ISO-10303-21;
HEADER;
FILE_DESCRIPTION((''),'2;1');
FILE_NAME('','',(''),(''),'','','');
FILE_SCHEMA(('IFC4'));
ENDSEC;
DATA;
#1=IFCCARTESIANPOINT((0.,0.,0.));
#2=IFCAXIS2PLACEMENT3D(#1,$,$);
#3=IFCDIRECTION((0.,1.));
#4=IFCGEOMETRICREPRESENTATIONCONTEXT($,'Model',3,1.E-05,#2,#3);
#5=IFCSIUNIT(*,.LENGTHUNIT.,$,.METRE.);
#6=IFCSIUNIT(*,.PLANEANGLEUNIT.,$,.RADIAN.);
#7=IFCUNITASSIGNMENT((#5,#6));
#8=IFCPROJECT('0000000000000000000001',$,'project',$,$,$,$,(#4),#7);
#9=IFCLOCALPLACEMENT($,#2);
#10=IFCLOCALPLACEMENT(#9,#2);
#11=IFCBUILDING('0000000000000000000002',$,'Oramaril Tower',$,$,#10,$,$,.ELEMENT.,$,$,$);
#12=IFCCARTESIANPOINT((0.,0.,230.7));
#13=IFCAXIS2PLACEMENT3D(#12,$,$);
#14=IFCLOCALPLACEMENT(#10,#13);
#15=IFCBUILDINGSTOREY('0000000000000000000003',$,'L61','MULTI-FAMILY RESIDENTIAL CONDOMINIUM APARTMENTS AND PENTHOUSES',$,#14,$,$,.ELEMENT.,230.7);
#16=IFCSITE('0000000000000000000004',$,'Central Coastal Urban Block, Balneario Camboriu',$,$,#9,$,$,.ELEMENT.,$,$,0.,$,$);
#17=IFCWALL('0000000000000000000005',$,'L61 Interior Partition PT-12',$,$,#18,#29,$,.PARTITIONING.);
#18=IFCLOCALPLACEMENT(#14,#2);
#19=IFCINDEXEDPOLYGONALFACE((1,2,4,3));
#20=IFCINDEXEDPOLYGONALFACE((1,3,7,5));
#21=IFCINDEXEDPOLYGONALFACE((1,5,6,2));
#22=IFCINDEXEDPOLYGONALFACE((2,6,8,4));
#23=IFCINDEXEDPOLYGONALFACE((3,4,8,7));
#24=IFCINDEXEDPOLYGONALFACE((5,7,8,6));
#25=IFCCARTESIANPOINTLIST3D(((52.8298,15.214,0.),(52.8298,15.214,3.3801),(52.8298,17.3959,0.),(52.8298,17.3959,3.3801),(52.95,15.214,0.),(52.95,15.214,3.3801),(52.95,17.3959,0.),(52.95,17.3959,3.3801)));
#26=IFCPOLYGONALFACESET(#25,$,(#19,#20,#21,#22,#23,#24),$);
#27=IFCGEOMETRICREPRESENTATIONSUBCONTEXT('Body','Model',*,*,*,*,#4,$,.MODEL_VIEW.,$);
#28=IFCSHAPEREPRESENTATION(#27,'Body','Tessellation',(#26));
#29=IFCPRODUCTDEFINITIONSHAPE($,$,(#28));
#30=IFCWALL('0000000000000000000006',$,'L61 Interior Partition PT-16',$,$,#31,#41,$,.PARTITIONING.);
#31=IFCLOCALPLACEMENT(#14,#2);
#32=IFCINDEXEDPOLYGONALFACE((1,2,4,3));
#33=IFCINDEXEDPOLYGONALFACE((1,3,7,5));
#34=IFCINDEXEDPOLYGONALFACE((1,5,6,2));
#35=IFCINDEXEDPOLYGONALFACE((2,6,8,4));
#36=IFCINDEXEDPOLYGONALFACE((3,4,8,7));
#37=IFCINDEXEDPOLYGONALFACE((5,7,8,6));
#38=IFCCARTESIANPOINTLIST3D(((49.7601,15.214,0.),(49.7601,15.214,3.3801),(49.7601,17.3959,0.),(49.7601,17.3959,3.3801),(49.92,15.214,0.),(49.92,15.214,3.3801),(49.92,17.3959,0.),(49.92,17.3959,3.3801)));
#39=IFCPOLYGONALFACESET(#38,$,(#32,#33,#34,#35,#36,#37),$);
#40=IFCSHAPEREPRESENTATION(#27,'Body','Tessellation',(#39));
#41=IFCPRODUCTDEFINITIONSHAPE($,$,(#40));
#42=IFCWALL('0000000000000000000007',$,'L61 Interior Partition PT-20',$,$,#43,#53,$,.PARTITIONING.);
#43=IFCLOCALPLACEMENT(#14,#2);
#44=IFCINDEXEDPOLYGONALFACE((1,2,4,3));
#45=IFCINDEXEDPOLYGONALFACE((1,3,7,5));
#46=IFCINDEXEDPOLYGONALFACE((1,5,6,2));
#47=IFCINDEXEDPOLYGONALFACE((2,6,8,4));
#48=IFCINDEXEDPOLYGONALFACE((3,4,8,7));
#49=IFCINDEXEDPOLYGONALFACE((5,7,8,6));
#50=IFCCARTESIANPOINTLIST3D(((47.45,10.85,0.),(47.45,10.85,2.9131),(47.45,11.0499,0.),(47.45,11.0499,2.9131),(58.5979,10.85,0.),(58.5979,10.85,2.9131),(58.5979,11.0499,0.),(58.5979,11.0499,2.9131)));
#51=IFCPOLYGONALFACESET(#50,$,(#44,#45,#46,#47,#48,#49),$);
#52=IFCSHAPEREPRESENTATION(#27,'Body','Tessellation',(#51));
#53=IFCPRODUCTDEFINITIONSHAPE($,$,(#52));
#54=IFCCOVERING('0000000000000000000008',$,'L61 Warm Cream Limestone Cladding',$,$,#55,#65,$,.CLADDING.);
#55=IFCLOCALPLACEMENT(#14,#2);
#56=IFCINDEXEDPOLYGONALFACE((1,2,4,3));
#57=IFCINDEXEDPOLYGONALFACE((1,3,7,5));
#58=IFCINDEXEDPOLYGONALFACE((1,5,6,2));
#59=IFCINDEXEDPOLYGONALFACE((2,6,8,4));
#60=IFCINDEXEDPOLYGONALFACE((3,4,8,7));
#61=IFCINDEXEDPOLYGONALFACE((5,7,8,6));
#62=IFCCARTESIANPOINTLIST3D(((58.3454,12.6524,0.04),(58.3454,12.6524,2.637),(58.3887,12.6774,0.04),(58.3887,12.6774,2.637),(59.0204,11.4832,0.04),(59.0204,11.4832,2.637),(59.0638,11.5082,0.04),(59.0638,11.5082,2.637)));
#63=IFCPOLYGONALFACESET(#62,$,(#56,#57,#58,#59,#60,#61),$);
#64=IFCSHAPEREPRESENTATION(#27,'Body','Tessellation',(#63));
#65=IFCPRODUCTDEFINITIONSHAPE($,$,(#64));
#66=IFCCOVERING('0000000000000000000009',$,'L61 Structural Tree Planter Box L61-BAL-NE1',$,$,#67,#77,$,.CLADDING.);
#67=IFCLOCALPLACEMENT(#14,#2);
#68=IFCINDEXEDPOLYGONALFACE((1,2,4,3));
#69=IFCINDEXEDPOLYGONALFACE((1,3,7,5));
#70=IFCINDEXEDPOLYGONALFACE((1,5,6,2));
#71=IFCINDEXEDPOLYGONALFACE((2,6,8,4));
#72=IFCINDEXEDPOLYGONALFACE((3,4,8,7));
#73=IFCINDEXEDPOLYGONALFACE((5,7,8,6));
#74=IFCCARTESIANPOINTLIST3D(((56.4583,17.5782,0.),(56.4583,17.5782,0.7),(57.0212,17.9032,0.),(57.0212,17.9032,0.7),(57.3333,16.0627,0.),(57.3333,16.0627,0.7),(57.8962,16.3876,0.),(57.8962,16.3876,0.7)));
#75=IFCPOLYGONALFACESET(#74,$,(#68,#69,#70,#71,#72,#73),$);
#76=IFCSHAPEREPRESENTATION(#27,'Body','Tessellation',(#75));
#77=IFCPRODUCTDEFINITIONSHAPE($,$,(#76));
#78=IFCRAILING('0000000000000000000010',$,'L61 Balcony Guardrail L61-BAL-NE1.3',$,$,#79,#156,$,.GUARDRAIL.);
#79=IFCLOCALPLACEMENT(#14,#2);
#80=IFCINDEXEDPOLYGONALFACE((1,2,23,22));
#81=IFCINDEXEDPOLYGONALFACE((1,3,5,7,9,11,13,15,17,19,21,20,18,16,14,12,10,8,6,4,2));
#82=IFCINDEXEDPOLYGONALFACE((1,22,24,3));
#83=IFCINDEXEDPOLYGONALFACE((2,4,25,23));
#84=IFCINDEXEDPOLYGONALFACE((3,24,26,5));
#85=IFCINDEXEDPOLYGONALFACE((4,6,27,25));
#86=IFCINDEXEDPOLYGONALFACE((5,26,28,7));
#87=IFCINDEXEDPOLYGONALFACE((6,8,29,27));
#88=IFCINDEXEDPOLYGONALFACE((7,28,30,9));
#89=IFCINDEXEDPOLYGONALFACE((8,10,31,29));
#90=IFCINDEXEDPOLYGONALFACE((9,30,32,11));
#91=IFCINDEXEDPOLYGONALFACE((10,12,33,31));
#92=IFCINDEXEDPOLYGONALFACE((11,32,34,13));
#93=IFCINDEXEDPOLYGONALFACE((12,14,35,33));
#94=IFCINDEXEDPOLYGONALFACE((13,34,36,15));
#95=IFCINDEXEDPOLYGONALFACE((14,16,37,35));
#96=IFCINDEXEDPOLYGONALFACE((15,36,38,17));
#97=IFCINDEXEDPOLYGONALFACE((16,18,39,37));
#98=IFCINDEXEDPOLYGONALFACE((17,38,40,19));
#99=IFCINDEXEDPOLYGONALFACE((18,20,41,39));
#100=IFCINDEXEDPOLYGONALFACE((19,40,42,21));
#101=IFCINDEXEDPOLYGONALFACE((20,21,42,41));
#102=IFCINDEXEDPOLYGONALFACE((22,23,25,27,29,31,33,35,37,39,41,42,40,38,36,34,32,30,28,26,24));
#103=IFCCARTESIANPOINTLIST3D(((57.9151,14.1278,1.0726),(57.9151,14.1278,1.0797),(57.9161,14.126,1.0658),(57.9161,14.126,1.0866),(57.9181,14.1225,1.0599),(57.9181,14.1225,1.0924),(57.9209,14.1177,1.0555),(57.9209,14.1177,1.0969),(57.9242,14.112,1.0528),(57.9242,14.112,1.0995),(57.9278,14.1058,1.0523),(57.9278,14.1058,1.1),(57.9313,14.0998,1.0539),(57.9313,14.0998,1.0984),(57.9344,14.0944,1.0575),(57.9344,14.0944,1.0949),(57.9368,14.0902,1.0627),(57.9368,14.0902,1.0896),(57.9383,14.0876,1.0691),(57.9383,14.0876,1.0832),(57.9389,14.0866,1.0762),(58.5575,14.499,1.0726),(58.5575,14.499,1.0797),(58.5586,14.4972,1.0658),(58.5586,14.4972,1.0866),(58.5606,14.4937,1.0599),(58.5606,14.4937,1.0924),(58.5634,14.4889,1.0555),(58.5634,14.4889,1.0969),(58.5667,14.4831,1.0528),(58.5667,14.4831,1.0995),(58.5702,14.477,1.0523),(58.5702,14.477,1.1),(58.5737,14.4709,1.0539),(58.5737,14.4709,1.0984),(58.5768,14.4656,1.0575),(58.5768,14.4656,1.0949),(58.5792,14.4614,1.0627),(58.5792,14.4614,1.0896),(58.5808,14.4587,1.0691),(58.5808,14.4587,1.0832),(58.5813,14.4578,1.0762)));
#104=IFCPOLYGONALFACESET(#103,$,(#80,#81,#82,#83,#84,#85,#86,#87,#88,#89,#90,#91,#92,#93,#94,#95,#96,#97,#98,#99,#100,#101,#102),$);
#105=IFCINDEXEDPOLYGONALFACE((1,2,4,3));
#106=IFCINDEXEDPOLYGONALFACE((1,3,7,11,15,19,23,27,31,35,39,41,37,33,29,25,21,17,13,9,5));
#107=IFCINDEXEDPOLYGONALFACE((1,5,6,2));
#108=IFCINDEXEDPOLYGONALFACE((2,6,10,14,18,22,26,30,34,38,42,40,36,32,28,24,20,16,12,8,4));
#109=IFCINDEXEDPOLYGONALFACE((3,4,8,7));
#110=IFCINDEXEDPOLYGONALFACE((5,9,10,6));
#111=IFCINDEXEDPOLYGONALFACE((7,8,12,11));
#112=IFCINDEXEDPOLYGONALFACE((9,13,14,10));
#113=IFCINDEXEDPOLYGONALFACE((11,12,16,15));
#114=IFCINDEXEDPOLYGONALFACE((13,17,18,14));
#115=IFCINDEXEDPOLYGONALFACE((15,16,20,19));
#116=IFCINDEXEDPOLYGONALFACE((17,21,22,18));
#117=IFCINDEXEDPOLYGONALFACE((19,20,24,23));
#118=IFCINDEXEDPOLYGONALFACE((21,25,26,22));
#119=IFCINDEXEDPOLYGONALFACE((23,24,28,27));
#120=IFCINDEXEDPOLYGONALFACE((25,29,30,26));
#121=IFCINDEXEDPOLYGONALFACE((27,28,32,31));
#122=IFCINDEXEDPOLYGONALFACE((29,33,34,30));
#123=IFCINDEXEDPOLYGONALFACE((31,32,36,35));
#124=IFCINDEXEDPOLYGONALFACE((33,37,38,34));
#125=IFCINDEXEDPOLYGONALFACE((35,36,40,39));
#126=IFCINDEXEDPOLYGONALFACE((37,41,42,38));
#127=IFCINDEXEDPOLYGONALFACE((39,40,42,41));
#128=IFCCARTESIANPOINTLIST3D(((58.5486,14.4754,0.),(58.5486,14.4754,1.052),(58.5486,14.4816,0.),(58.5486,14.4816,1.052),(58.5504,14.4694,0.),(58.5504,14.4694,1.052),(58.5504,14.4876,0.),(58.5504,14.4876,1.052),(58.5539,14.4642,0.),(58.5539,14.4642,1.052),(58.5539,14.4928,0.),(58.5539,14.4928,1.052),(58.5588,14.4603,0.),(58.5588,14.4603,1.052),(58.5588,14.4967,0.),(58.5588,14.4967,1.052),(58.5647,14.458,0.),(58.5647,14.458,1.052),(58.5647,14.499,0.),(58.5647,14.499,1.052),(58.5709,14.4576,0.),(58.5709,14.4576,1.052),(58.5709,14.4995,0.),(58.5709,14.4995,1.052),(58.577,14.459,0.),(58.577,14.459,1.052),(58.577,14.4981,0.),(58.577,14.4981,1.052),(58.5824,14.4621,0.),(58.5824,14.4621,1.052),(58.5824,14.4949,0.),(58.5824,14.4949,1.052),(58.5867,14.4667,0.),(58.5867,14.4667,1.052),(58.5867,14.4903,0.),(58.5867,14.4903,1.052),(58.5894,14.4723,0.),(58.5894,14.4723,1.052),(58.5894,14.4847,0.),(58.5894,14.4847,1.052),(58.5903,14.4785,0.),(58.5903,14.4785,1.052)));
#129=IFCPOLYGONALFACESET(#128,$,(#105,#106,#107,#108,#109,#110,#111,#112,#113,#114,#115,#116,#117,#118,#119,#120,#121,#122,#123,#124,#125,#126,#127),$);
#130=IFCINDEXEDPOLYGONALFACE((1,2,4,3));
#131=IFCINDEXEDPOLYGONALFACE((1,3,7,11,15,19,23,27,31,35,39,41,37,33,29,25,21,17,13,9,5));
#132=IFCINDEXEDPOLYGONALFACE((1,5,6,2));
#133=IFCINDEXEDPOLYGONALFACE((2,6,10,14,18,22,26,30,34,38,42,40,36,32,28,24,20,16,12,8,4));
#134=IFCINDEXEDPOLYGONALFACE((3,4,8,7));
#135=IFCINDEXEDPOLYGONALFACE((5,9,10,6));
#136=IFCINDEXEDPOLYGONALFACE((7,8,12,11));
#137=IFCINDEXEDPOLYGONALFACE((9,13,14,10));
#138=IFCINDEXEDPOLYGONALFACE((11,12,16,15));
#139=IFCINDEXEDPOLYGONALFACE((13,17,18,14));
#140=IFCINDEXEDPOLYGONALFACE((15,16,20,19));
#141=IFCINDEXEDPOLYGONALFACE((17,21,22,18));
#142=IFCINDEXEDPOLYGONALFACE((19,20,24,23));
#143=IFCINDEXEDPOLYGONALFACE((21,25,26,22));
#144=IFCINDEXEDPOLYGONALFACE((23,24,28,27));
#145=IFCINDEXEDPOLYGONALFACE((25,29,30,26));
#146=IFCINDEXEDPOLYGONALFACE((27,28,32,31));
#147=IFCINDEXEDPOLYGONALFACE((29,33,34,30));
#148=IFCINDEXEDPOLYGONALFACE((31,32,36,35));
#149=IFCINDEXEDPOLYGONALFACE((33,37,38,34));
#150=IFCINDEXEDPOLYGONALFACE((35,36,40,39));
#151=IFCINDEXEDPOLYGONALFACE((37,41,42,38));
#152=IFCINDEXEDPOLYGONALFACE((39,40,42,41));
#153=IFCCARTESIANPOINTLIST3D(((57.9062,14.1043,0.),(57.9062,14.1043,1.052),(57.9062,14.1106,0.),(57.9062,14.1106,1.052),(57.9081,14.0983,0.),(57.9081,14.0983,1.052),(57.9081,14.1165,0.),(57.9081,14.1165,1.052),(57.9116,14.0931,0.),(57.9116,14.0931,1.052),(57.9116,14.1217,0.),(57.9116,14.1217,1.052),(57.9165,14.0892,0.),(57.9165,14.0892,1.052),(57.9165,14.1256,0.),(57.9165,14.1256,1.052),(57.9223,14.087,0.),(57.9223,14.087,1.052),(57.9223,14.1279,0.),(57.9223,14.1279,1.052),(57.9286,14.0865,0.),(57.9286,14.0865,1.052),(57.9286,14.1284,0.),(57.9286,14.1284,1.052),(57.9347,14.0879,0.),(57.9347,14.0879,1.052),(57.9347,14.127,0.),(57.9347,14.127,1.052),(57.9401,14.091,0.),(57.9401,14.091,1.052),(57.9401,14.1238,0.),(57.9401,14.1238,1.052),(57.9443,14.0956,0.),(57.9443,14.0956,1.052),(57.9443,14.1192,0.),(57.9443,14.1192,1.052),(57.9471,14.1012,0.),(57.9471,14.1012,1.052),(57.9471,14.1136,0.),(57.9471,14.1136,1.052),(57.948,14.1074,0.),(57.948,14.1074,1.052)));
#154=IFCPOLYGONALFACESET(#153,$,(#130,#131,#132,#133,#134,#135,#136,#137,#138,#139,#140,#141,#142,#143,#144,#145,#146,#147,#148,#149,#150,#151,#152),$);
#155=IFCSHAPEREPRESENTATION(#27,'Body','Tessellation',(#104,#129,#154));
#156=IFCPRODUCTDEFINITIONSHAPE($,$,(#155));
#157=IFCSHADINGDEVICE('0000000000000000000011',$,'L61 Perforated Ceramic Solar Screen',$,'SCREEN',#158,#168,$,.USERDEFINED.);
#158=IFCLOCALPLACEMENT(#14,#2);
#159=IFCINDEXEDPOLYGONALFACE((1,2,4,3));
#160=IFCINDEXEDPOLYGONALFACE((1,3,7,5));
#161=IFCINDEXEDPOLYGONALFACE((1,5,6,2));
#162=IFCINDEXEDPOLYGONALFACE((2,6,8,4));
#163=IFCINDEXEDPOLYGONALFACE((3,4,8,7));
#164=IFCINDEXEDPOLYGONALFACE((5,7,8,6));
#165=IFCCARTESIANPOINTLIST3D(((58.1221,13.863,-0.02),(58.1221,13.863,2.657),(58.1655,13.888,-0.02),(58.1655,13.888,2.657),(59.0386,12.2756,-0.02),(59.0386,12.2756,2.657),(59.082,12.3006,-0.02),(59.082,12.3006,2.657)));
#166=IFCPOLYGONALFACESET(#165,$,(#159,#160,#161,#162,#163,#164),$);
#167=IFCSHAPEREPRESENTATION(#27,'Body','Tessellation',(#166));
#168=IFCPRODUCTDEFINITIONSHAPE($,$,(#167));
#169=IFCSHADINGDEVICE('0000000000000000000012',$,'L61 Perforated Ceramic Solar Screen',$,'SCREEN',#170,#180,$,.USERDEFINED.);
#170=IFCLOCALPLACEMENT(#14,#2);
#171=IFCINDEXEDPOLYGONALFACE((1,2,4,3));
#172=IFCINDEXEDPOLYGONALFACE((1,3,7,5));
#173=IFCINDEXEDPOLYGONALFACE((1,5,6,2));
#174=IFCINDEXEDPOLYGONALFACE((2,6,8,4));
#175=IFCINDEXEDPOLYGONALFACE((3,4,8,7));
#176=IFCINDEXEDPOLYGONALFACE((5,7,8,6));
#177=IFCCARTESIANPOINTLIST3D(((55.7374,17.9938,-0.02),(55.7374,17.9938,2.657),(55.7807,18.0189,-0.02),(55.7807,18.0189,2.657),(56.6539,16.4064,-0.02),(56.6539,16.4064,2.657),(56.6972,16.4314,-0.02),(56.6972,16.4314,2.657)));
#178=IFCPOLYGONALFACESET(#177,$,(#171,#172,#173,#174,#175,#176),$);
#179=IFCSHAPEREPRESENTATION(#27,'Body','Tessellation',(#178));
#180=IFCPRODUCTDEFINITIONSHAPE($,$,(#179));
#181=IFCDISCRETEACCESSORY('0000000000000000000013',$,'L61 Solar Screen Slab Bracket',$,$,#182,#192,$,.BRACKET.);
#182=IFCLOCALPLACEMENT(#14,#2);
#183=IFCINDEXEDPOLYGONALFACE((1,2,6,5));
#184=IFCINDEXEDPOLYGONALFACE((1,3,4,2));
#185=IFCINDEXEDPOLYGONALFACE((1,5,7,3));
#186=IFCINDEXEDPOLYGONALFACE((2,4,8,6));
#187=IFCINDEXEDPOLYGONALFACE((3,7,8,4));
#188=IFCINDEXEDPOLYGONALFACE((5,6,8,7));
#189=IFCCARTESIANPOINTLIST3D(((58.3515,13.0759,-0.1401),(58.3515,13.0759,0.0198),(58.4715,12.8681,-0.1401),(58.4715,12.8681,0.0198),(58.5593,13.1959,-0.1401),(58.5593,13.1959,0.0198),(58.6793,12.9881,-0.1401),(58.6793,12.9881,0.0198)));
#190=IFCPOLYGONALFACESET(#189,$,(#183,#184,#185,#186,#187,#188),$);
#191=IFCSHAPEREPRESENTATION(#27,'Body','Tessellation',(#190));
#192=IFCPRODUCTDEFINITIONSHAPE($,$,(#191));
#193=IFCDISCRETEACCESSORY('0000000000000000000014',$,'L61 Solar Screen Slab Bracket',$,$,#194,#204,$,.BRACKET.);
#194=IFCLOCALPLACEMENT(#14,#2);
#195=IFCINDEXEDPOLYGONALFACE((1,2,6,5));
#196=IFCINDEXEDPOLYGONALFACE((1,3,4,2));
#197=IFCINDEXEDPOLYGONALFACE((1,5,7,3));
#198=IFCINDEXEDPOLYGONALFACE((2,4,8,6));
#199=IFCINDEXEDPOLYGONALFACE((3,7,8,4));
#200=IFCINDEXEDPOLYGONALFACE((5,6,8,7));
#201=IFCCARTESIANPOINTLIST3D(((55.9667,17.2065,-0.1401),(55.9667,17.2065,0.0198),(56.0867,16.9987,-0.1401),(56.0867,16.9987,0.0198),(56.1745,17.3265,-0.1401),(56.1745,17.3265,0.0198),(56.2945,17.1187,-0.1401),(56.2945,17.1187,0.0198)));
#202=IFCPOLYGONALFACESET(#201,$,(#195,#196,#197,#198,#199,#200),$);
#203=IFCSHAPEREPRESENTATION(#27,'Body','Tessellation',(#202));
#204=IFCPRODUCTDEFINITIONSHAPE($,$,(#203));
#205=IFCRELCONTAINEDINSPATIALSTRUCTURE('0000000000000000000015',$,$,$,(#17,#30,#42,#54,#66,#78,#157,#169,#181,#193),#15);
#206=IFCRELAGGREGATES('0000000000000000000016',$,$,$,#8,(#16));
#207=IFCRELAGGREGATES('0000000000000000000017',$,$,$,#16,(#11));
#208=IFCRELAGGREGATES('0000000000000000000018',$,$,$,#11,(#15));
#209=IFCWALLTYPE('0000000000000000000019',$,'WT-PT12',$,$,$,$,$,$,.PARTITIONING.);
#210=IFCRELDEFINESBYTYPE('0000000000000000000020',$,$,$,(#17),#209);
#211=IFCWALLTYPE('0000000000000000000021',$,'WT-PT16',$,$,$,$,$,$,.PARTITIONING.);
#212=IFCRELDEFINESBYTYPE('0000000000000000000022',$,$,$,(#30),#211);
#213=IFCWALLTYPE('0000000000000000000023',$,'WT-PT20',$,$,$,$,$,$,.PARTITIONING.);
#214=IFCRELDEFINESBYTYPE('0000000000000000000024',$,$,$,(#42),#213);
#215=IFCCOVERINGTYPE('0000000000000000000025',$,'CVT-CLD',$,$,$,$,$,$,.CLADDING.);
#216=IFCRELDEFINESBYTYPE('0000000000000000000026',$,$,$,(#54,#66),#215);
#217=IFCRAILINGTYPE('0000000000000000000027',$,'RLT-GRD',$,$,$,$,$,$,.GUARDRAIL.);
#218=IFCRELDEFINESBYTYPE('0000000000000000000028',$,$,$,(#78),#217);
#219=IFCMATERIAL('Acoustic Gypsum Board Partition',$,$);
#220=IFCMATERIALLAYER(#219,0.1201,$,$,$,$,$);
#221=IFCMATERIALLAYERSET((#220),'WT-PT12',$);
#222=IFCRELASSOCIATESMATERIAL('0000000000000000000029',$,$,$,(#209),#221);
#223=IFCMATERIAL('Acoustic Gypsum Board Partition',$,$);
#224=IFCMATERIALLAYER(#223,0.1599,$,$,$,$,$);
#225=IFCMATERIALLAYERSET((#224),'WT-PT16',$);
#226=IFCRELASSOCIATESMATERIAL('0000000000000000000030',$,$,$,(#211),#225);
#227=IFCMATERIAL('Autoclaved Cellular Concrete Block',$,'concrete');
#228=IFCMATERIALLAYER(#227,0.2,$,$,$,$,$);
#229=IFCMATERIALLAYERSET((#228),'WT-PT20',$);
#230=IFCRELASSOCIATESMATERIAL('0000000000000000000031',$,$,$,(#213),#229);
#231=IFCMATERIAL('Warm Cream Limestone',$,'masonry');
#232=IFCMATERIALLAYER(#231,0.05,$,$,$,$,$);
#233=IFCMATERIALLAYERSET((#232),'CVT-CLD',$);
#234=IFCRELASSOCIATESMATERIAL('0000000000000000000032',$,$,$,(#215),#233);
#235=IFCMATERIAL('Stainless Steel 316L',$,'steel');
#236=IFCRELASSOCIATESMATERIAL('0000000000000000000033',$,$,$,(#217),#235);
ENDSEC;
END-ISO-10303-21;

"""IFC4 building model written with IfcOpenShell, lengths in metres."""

from ifc_helpers import new_model, si_unit, direction, frame, frame_2d, origin, origin_2d, place, context, subcontext, project, spatial, rectangle, circle, extrude, material, layer, layer_set, type_object, element, save


model = new_model("IFC4")

# Units and contexts
model_context = context("Model", 3, precision=1e-05, world=origin(), true_north=direction((0.0, 1.0)))
body_context = subcontext(model_context, "Body", "Model", "MODEL_VIEW")
ifc_project = project(units=[si_unit("LENGTHUNIT", "METRE"), si_unit("PLANEANGLEUNIT", "RADIAN")], contexts=[model_context])

# Site, building, storey
site_placement = place(None, origin())
site = spatial("IfcSite", under=ifc_project, at=site_placement, Name="Central Coastal Urban Block, Balneario Camboriu", CompositionType="ELEMENT", RefElevation=0.0)
building_placement = place(site_placement, origin())
building = spatial("IfcBuilding", under=site, at=building_placement, Name="Oramaril Tower", CompositionType="ELEMENT")
storey_placement = place(building_placement, frame((0.0, 0.0, 230.7)))
storey = spatial("IfcBuildingStorey", under=building, at=storey_placement, Name="L61", Description="MULTI-FAMILY RESIDENTIAL CONDOMINIUM APARTMENTS AND PENTHOUSES", CompositionType="ELEMENT", Elevation=230.7)

# Walls
ifc_material_1 = material(Name="Acoustic Gypsum Board Partition")
ifc_layer_1 = layer(ifc_material_1, 0.1201)
ifc_layer_set_1 = layer_set([ifc_layer_1], Name="WT-PT12")
wall_type_1 = type_object("IfcWallType", Name="WT-PT12", PredefinedType="PARTITIONING", material=ifc_layer_set_1)
wall_1_placement = place(storey_placement, frame((52.8899, 15.2141, 0.0), z_axis=(0.0, 0.0, 1.0), x_axis=(0.0, 1.0, 0.0)))
element("IfcWall", 1, at=wall_1_placement, inside=storey, type_object=wall_type_1, Name="L61 Interior Partition PT-12", PredefinedType="PARTITIONING", context=body_context, shape_type="SweptSolid", body=[
    extrude(rectangle(XDim=2.1819, YDim=0.1201, at=frame_2d((1.0908, 0.0))), origin(), (0.0, 0.0, 1.0), 3.3801),
])
ifc_material_2 = material(Name="Acoustic Gypsum Board Partition")
ifc_layer_2 = layer(ifc_material_2, 0.1599)
ifc_layer_set_2 = layer_set([ifc_layer_2], Name="WT-PT16")
wall_type_2 = type_object("IfcWallType", Name="WT-PT16", PredefinedType="PARTITIONING", material=ifc_layer_set_2)
wall_2_placement = place(storey_placement, frame((49.8401, 15.2141, 0.0), z_axis=(0.0, 0.0, 1.0), x_axis=(0.0, 1.0, 0.0)))
element("IfcWall", 2, at=wall_2_placement, inside=storey, type_object=wall_type_2, Name="L61 Interior Partition PT-16", PredefinedType="PARTITIONING", context=body_context, shape_type="SweptSolid", body=[
    extrude(rectangle(XDim=2.1819, YDim=0.1599, at=frame_2d((1.0908, 0.0))), origin(), (0.0, 0.0, 1.0), 3.3801),
])
ifc_material_3 = material(Name="Autoclaved Cellular Concrete Block", Category="concrete")
ifc_layer_3 = layer(ifc_material_3, 0.2)
ifc_layer_set_3 = layer_set([ifc_layer_3], Name="WT-PT20")
wall_type_3 = type_object("IfcWallType", Name="WT-PT20", PredefinedType="PARTITIONING", material=ifc_layer_set_3)
wall_3_placement = place(storey_placement, frame((47.45, 10.95, 0.0), z_axis=(0.0, 0.0, 1.0), x_axis=(1.0, 0.0, 0.0)))
element("IfcWall", 3, at=wall_3_placement, inside=storey, type_object=wall_type_3, Name="L61 Interior Partition PT-20", PredefinedType="PARTITIONING", context=body_context, shape_type="SweptSolid", body=[
    extrude(rectangle(XDim=11.1479, YDim=0.2, at=frame_2d((5.574, 0.0))), origin(), (0.0, 0.0, 1.0), 2.9131),
])

# Coverings
ifc_material_4 = material(Name="Warm Cream Limestone", Category="masonry")
ifc_layer_4 = layer(ifc_material_4, 0.05)
ifc_layer_set_4 = layer_set([ifc_layer_4], Name="CVT-CLD")
covering_type = type_object("IfcCoveringType", Name="CVT-CLD", PredefinedType="CLADDING", material=ifc_layer_set_4)
covering_1_placement = place(storey_placement, frame((58.7046, 12.0803, 0.04), z_axis=(0.0, 0.0, 1.0), x_axis=(-0.500002, 0.866025, 0.0)))
element("IfcCovering", 4, at=covering_1_placement, inside=storey, type_object=covering_type, Name="L61 Warm Cream Limestone Cladding", PredefinedType="CLADDING", context=body_context, shape_type="SweptSolid", body=[
    extrude(rectangle(XDim=1.3501, YDim=0.05, at=origin_2d()), origin(), (0.0, 0.0, 1.0), 2.5969),
])
covering_2_placement = place(storey_placement, frame((57.1772, 16.9829, 0.0), z_axis=(0.0, 0.0, 1.0), x_axis=(-0.500002, 0.866025, 0.0)))
element("IfcCovering", 5, at=covering_2_placement, inside=storey, type_object=covering_type, Name="L61 Structural Tree Planter Box L61-BAL-NE1", PredefinedType="CLADDING", context=body_context, shape_type="SweptSolid", body=[
    extrude(rectangle(XDim=1.75, YDim=0.6499, at=origin_2d()), origin(), (0.0, 0.0, 1.0), 0.7),
])

# Railing
ifc_material_5 = material(Name="Stainless Steel 316L", Category="steel")
railing_type = type_object("IfcRailingType", Name="RLT-GRD", PredefinedType="GUARDRAIL", material=ifc_material_5)
railing_placement = place(storey_placement, frame((58.5693, 14.4785, 0.0)))
element("IfcRailing", 6, at=railing_placement, inside=storey, type_object=railing_type, Name="L61 Balcony Guardrail L61-BAL-NE1.3", PredefinedType="GUARDRAIL", context=body_context, shape_type="SweptSolid", body=[
    extrude(circle(Radius=0.0239, at=origin_2d()), frame((0.0, 0.0, 1.0762), z_axis=(-0.865884, -0.500245, 0.0), x_axis=(0.500245, -0.865884, 0.0)), (0.0, 0.0, 1.0), 0.7419),
    extrude(circle(Radius=0.021, at=origin_2d()), origin(), (0.0, 0.0, 1.0), 1.052),
    extrude(circle(Radius=0.021, at=origin_2d()), frame((-0.6423, -0.3711, 0.0)), (0.0, 0.0, 1.0), 1.052),
])

# Shading devices
for number, where, z_axis, x_axis, name in (
    (7, (58.6021, 13.0818, -0.02), (0.0, 0.0, 1.0), (-0.500002, 0.866025, 0.0), "L61 Perforated Ceramic Solar Screen"),
    (8, (56.2173, 17.2126, -0.02), (0.0, 0.0, 1.0), (-0.500002, 0.866025, 0.0), "L61 Perforated Ceramic Solar Screen"),
):
    element("IfcShadingDevice", number, at=place(storey_placement, frame(where, z_axis=z_axis, x_axis=x_axis)), inside=storey, Name=name, ObjectType="SCREEN", PredefinedType="USERDEFINED", context=body_context, shape_type="SweptSolid", body=[
        extrude(rectangle(XDim=1.833, YDim=0.05, at=origin_2d()), origin(), (0.0, 0.0, 1.0), 2.677),
    ])

# Discrete accessories
for number, where, z_axis, x_axis, name in (
    (9, (58.5154, 13.032, -0.1401), (0.0, 0.0, 1.0), (-0.500002, 0.866025, 0.0), "L61 Solar Screen Slab Bracket"),
    (10, (56.1306, 17.1626, -0.1401), (0.0, 0.0, 1.0), (-0.500002, 0.866025, 0.0), "L61 Solar Screen Slab Bracket"),
):
    element("IfcDiscreteAccessory", number, at=place(storey_placement, frame(where, z_axis=z_axis, x_axis=x_axis)), inside=storey, Name=name, PredefinedType="BRACKET", context=body_context, shape_type="SweptSolid", body=[
        extrude(rectangle(XDim=0.24, YDim=0.24, at=origin_2d()), origin(), (0.0, 0.0, 1.0), 0.1599),
    ])

save(model, "model.ifc")
